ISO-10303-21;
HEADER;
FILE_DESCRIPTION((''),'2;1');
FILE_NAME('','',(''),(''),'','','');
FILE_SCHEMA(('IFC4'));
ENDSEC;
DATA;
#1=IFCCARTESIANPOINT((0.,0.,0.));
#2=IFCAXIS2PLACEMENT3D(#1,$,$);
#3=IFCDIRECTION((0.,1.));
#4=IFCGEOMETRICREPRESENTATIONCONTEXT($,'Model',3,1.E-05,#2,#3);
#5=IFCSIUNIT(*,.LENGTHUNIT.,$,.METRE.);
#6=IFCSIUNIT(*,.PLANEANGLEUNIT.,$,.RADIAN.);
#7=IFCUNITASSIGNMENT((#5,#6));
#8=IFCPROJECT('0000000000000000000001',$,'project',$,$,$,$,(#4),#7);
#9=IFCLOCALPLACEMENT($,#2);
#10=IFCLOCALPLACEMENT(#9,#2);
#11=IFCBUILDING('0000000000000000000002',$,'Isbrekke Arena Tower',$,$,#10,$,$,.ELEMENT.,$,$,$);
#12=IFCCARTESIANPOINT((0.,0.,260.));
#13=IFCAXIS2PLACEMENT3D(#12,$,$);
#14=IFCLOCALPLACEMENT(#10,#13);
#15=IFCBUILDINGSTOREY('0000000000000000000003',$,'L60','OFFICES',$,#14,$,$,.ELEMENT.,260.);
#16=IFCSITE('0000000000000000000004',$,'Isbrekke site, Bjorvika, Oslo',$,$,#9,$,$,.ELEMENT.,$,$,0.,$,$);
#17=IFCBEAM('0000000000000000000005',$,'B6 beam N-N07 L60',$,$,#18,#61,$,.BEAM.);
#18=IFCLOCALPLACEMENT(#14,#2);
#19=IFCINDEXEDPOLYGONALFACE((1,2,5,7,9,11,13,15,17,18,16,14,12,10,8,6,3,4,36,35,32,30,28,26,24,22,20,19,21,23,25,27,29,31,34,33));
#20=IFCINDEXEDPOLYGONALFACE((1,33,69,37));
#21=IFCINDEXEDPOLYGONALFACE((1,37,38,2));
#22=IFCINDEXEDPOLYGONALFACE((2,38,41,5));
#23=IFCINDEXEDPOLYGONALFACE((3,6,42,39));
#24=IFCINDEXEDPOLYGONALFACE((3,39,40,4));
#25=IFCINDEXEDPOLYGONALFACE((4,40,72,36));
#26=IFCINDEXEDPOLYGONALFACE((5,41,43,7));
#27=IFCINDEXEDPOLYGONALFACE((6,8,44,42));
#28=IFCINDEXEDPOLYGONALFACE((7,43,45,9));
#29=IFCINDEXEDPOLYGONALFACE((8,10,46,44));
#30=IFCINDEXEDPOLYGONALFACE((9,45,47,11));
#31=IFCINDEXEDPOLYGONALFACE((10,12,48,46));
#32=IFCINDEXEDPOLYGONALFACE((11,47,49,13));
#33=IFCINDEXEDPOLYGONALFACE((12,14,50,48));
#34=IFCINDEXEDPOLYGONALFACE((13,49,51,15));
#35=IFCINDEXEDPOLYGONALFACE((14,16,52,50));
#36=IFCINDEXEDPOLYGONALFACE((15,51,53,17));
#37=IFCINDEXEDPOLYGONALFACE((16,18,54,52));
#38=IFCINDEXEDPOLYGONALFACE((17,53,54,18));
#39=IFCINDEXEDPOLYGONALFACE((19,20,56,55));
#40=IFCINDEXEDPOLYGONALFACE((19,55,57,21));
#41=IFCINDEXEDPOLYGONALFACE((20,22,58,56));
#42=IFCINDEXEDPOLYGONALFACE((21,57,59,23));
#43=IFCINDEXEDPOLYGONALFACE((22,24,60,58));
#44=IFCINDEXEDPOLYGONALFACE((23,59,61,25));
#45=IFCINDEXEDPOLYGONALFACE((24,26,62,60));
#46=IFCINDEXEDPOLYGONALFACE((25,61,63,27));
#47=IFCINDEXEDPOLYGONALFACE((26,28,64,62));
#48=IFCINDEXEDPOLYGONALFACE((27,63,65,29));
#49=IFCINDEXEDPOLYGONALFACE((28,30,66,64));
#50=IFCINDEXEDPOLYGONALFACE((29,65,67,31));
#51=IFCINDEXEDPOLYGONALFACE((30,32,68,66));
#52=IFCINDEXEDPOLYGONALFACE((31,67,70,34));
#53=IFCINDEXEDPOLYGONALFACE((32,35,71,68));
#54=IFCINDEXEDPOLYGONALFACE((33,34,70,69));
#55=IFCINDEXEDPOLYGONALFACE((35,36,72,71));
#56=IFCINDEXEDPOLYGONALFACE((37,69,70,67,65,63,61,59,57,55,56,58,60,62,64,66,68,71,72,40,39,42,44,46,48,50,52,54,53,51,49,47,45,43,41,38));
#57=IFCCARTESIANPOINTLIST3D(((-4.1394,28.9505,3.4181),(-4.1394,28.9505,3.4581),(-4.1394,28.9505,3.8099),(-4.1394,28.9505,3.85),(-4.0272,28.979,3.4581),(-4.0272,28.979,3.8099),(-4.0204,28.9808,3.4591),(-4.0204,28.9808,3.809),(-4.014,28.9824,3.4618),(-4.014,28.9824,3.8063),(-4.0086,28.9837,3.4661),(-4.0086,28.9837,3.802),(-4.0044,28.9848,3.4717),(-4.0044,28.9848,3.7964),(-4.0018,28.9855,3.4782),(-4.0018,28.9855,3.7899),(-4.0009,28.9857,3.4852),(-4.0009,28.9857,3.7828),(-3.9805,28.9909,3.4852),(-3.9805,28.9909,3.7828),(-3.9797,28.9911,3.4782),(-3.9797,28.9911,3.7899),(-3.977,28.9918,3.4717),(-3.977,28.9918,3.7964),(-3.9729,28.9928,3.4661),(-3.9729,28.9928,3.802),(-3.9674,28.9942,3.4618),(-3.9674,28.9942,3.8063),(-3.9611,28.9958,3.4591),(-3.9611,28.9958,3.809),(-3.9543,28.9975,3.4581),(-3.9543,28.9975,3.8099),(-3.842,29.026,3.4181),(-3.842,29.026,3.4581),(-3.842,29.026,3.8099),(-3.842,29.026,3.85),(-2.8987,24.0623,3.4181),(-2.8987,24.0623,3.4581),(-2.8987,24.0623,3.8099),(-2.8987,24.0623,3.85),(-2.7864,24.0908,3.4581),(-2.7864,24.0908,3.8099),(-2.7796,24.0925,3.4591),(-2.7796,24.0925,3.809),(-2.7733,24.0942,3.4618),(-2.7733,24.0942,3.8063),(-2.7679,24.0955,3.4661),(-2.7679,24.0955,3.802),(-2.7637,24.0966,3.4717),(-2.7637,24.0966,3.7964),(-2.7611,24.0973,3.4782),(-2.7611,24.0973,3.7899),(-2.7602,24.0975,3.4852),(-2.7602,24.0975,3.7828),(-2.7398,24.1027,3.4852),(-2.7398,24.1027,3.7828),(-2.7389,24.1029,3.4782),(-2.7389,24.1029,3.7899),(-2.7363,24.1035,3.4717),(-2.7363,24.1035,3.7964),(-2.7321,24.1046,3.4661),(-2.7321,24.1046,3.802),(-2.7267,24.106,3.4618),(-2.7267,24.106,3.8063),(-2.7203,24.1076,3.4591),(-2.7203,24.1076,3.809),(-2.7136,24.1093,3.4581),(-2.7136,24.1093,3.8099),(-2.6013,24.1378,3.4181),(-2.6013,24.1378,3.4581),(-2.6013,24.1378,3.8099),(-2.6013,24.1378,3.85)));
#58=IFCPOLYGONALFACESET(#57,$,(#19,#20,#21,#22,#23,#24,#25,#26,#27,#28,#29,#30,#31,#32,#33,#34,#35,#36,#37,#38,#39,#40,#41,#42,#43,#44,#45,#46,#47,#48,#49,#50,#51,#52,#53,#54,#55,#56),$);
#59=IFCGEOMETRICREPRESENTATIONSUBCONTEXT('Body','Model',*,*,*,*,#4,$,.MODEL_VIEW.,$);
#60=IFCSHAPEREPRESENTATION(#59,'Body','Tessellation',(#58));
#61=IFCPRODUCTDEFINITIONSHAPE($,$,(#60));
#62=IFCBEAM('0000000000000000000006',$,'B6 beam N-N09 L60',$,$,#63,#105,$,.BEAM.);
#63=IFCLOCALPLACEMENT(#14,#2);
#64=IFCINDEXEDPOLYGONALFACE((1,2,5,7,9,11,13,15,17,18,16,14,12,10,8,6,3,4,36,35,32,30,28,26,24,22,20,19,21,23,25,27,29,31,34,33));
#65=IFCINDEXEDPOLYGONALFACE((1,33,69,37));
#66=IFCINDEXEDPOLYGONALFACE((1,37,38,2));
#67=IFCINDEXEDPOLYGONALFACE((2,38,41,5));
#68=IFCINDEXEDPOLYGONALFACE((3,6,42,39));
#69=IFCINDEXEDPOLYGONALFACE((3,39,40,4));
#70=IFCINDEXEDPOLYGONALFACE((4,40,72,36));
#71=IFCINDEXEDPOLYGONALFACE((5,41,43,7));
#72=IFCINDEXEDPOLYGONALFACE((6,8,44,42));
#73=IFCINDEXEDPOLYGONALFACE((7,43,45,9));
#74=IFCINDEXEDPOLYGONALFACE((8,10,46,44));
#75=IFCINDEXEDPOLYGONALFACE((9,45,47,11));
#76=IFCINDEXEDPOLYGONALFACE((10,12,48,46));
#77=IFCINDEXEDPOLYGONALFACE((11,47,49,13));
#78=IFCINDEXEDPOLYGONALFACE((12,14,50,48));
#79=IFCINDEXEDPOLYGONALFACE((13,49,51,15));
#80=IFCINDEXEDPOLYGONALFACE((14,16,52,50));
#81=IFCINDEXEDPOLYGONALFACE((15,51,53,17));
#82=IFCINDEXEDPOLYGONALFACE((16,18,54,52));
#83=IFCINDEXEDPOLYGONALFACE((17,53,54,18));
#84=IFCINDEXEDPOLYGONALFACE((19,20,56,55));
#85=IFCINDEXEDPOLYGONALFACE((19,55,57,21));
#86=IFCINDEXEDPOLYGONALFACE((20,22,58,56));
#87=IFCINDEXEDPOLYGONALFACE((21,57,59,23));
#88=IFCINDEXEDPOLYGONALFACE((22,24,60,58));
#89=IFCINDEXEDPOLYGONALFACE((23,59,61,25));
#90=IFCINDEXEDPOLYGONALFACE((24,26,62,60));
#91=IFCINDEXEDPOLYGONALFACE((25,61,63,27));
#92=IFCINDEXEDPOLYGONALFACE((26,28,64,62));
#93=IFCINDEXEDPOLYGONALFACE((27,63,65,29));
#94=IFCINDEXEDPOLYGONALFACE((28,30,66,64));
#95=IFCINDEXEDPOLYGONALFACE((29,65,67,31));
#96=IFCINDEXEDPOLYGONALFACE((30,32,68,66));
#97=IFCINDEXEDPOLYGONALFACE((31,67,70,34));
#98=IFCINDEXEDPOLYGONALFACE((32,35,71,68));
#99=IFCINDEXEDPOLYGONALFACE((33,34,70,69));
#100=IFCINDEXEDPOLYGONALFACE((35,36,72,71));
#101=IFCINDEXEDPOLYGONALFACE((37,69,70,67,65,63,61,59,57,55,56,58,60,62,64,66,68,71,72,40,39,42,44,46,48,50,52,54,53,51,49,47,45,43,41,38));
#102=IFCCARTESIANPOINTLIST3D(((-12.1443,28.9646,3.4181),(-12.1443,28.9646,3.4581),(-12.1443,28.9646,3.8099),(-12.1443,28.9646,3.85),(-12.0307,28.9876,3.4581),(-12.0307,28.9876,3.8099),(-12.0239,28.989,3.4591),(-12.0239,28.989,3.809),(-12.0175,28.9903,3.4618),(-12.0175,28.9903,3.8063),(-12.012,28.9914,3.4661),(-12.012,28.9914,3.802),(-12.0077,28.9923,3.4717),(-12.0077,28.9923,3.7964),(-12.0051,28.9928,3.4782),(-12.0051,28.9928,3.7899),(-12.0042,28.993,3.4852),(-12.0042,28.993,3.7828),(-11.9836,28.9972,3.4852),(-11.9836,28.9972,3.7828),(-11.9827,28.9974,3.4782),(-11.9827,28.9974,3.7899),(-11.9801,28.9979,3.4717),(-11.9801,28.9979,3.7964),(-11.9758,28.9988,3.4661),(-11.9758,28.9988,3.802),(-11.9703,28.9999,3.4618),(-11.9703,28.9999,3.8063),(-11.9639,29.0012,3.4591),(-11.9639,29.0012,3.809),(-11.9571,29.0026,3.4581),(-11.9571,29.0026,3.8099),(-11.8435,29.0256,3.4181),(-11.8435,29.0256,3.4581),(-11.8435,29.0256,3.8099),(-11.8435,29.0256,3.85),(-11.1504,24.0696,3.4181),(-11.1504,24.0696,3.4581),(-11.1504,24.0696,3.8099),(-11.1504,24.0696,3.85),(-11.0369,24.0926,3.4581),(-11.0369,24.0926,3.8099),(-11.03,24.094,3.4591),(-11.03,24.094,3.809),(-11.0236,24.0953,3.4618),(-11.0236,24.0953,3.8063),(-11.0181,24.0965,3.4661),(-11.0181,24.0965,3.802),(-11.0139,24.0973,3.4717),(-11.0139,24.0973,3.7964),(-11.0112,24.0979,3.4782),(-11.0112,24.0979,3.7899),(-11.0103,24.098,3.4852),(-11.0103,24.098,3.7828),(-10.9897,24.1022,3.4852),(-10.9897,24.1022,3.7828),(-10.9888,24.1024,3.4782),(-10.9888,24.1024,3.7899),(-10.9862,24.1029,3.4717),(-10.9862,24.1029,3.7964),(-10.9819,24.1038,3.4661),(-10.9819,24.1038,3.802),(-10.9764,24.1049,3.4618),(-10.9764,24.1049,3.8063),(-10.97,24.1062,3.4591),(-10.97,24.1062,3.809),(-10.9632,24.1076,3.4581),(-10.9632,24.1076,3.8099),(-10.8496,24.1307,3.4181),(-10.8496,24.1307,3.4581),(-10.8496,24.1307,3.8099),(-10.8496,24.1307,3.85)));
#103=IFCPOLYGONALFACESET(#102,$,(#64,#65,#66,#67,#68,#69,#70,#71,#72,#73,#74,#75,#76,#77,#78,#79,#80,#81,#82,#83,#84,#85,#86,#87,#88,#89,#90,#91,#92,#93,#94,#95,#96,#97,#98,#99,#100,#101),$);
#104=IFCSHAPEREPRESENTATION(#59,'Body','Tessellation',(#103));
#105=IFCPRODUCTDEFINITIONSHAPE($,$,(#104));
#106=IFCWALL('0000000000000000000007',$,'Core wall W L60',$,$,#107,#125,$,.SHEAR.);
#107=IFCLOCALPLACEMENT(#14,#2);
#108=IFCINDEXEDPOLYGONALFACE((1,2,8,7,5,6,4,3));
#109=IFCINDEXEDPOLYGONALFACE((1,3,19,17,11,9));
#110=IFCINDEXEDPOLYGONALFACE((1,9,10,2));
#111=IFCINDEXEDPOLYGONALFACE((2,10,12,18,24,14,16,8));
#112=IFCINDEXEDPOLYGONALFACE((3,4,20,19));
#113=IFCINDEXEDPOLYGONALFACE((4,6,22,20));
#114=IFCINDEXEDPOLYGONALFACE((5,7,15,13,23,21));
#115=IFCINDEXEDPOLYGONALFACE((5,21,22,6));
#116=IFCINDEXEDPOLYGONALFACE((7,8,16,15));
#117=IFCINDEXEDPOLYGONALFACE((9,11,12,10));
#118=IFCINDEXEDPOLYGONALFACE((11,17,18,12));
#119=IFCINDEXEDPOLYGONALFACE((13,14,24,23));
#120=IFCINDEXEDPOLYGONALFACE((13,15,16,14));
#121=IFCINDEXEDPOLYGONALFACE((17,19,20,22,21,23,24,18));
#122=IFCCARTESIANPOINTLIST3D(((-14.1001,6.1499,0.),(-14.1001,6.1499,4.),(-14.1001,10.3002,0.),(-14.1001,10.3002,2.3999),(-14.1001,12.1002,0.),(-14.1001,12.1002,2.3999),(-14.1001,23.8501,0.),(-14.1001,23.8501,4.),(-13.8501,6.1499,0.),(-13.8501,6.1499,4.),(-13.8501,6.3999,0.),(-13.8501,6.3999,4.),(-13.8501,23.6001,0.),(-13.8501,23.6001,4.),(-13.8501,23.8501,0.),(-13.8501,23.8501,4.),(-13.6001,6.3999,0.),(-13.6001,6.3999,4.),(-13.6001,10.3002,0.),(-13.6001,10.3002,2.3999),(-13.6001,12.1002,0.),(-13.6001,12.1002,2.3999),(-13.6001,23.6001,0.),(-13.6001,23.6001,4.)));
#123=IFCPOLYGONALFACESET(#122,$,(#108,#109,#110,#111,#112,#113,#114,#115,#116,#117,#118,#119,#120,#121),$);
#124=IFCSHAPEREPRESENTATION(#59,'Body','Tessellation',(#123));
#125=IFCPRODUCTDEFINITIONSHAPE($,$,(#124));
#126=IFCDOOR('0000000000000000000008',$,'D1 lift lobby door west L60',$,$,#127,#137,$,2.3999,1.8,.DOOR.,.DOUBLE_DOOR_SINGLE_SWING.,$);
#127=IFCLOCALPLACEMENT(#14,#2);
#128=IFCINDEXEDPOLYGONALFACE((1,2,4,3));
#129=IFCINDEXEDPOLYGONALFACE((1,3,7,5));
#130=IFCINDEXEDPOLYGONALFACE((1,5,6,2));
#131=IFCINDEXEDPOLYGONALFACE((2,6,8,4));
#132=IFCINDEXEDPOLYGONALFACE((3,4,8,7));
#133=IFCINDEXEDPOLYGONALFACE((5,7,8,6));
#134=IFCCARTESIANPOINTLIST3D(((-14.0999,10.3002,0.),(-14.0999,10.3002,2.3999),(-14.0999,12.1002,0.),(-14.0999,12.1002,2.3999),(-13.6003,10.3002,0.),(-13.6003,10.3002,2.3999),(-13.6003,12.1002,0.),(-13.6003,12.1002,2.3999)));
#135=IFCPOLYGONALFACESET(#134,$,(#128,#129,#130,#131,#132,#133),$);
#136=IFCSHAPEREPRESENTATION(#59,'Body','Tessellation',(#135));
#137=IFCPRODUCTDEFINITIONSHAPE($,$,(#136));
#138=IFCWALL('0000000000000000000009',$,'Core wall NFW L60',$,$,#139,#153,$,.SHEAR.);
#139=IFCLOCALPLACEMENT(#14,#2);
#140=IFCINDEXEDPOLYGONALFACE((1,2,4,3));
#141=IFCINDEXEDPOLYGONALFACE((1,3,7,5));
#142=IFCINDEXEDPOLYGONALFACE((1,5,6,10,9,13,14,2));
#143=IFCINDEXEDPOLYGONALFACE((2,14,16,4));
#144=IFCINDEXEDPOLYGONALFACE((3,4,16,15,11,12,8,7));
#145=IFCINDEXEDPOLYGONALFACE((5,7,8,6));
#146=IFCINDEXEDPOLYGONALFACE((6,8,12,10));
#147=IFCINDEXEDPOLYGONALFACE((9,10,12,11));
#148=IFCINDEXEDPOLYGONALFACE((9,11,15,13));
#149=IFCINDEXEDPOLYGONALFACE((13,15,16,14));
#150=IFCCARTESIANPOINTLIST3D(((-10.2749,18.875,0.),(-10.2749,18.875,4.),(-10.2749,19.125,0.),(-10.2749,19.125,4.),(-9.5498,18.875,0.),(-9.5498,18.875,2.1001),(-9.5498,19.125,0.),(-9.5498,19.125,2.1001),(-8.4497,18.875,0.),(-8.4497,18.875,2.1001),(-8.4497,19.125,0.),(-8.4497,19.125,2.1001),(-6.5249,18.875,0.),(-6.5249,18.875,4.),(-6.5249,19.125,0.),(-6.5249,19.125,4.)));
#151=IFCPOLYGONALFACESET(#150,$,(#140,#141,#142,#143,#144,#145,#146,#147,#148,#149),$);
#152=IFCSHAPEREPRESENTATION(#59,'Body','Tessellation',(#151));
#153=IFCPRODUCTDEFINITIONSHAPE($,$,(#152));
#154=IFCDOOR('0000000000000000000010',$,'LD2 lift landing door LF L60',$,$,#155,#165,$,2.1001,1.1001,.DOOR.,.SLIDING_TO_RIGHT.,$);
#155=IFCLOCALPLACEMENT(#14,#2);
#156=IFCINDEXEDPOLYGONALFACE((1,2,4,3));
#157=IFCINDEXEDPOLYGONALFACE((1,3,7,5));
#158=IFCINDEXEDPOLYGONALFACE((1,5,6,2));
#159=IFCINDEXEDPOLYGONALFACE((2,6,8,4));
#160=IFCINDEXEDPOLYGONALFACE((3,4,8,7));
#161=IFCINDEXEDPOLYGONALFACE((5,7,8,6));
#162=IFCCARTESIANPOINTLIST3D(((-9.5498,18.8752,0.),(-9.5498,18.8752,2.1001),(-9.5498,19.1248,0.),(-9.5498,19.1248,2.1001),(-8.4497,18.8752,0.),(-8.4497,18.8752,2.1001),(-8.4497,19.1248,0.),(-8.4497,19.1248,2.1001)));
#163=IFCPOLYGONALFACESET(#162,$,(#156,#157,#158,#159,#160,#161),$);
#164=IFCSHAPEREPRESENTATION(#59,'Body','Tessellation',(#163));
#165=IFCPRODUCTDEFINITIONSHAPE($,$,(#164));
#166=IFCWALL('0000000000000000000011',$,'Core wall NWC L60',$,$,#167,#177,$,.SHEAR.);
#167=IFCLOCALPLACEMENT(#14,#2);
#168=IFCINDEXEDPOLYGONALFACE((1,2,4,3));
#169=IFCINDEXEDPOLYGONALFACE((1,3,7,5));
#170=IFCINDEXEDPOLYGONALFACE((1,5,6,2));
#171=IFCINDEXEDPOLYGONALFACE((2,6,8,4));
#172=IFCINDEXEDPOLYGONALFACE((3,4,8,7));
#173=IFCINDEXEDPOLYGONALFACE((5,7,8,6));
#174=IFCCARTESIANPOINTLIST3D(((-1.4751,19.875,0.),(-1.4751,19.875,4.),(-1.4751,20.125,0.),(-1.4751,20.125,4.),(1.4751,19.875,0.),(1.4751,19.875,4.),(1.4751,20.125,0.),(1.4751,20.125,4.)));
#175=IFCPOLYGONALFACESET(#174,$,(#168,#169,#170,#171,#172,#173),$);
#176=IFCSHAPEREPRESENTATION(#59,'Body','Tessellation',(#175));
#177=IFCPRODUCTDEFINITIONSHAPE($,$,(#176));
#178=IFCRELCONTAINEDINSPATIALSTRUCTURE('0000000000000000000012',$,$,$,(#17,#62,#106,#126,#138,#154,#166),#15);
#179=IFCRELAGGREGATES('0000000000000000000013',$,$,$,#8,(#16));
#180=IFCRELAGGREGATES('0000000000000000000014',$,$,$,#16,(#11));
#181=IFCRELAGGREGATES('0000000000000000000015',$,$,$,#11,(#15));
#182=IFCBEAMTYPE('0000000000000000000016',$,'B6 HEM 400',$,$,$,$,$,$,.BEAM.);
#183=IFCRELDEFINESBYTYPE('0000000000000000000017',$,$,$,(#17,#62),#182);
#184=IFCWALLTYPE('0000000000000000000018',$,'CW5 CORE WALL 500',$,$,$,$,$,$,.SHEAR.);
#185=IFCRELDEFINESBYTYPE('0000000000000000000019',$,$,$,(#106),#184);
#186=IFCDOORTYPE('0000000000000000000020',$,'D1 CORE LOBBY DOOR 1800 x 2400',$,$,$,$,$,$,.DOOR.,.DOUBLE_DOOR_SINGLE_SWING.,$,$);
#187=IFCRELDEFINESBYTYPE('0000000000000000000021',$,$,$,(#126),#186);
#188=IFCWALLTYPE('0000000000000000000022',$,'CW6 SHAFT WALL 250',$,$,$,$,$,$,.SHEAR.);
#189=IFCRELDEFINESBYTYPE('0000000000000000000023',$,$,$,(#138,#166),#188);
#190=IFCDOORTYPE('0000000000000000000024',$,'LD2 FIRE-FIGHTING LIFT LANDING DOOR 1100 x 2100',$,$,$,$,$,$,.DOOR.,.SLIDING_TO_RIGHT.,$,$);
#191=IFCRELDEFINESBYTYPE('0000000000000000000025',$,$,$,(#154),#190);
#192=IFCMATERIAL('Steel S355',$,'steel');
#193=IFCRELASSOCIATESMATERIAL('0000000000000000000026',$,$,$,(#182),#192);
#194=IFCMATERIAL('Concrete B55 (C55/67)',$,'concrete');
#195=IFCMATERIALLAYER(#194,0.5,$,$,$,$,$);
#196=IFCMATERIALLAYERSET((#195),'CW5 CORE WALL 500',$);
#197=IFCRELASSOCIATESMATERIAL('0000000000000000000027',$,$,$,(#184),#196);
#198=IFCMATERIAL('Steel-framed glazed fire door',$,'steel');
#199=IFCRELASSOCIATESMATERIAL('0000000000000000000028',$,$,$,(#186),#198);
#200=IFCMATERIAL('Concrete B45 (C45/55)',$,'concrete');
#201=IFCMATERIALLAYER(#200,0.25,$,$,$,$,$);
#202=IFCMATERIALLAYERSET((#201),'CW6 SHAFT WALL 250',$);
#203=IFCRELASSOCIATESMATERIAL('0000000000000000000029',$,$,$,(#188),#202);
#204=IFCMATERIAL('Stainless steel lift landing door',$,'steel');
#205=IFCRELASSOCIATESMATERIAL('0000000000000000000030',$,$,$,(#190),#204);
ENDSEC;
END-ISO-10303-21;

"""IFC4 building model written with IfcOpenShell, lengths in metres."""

from ifc_helpers import new_model, si_unit, direction, frame, frame_2d, origin, origin_2d, place, context, subcontext, project, spatial, polyline, rectangle, i_section, outline, extrude, material, layer, layer_set, material_profile, profile_set, type_object, element, fill, save


model = new_model("IFC4")

# Units and contexts
model_context = context("Model", 3, precision=1e-05, world=origin(), true_north=direction((0.0, 1.0)))
body_context = subcontext(model_context, "Body", "Model", "MODEL_VIEW")
ifc_project = project(units=[si_unit("LENGTHUNIT", "METRE"), si_unit("PLANEANGLEUNIT", "RADIAN")], contexts=[model_context])

# Site, building, storey
site_placement = place(None, origin())
site = spatial("IfcSite", under=ifc_project, at=site_placement, Name="Isbrekke site, Bjorvika, Oslo", CompositionType="ELEMENT", RefElevation=0.0)
building_placement = place(site_placement, origin())
building = spatial("IfcBuilding", under=site, at=building_placement, Name="Isbrekke Arena Tower", CompositionType="ELEMENT")
storey_placement = place(building_placement, frame((0.0, 0.0, 260.0)))
storey = spatial("IfcBuildingStorey", under=building, at=storey_placement, Name="L60", Description="OFFICES", CompositionType="ELEMENT", Elevation=260.0)

# Beams
ifc_material_1 = material(Name="Steel S355", Category="steel")
ifc_material_profile = material_profile(ifc_material_1, i_section(OverallWidth=0.3069, OverallDepth=0.4319, WebThickness=0.021, FlangeThickness=0.04, FilletRadius=0.0271, at=origin_2d()), Name="HEM 400")
ifc_profile_set = profile_set([ifc_material_profile], Name="Steel S355")
beam_type = type_object("IfcBeamType", Name="B6 HEM 400", PredefinedType="BEAM", material=ifc_profile_set)
beam_1_placement = place(storey_placement, frame((-3.9907, 28.9883, 3.634), z_axis=(0.24602, -0.969265, 0.0), x_axis=(0.969265, 0.24602, 0.0)))
element("IfcBeam", 1, at=beam_1_placement, inside=storey, type_object=beam_type, Name="B6 beam N-N07 L60", PredefinedType="BEAM", context=body_context, shape_type="SweptSolid", body=[
    extrude(i_section(OverallWidth=0.3069, OverallDepth=0.4319, WebThickness=0.021, FlangeThickness=0.04, FilletRadius=0.0271, at=origin_2d()), origin(), (0.0, 0.0, 1.0), 5.0432),
])
beam_2_placement = place(storey_placement, frame((-11.9939, 28.9951, 3.634), z_axis=(0.198982, -0.980003, 0.0), x_axis=(0.980003, 0.198982, 0.0)))
element("IfcBeam", 2, at=beam_2_placement, inside=storey, type_object=beam_type, Name="B6 beam N-N09 L60", PredefinedType="BEAM", context=body_context, shape_type="SweptSolid", body=[
    extrude(i_section(OverallWidth=0.3069, OverallDepth=0.4319, WebThickness=0.021, FlangeThickness=0.04, FilletRadius=0.0271, at=origin_2d()), origin(), (0.0, 0.0, 1.0), 4.9949),
])

# Walls, openings, doors
ifc_material_2 = material(Name="Concrete B55 (C55/67)", Category="concrete")
ifc_layer_1 = layer(ifc_material_2, 0.5)
ifc_layer_set_1 = layer_set([ifc_layer_1], Name="CW5 CORE WALL 500")
wall_type_1 = type_object("IfcWallType", Name="CW5 CORE WALL 500", PredefinedType="SHEAR", material=ifc_layer_set_1)
wall_1_placement = place(storey_placement, frame((-13.8501, 23.8501, 0.0), z_axis=(0.0, 0.0, 1.0), x_axis=(0.0, -1.0, 0.0)))
wall_1 = element("IfcWall", 3, at=wall_1_placement, inside=storey, type_object=wall_type_1, Name="Core wall W L60", PredefinedType="SHEAR", context=body_context, shape_type="SweptSolid", body=[
    extrude(outline(polyline([(0.0, -0.25), (17.7002, -0.25), (17.7002, 0.0), (17.4502, 0.0), (17.4502, 0.25), (0.25, 0.25), (0.25, 0.0), (0.0, 0.0), (0.0, -0.25)])), origin(), (0.0, 0.0, 1.0), 4.0),
])
opening_1_placement = place(wall_1_placement, frame((11.75, 0.0, 0.0)))
opening_1 = element("IfcOpeningElement", 4, at=opening_1_placement, cuts=wall_1, PredefinedType="OPENING", context=body_context, shape_type="SweptSolid", body=[
    extrude(rectangle(XDim=1.8, YDim=2.3999, at=frame_2d((0.8999, 1.2))), frame((0.0, 0.2649, 0.0), z_axis=(0.0, -1.0, 0.0), x_axis=(1.0, 0.0, 0.0)), (0.0, 0.0, 1.0), 0.5298),
])
ifc_material_3 = material(Name="Steel-framed glazed fire door", Category="steel")
door_type_1 = type_object("IfcDoorType", Name="D1 CORE LOBBY DOOR 1800 x 2400", OperationType="DOUBLE_DOOR_SINGLE_SWING", PredefinedType="DOOR", material=ifc_material_3)
door_1_placement = place(opening_1_placement, origin())
door_1 = element("IfcDoor", 5, at=door_1_placement, inside=storey, type_object=door_type_1, Name="D1 lift lobby door west L60", OperationType="DOUBLE_DOOR_SINGLE_SWING", OverallHeight=2.3999, OverallWidth=1.8, PredefinedType="DOOR", context=body_context, shape_type="SweptSolid", body=[
    extrude(rectangle(XDim=1.8, YDim=2.3999, at=frame_2d((0.8999, 1.2))), frame((0.0, 0.2498, 0.0), z_axis=(0.0, -1.0, 0.0), x_axis=(1.0, 0.0, 0.0)), (0.0, 0.0, 1.0), 0.4995),
])
fill(opening_1, door_1)
ifc_material_4 = material(Name="Concrete B45 (C45/55)", Category="concrete")
ifc_layer_2 = layer(ifc_material_4, 0.25)
ifc_layer_set_2 = layer_set([ifc_layer_2], Name="CW6 SHAFT WALL 250")
wall_type_2 = type_object("IfcWallType", Name="CW6 SHAFT WALL 250", PredefinedType="SHEAR", material=ifc_layer_set_2)
wall_2_placement = place(storey_placement, frame((-10.2749, 19.0, 0.0), z_axis=(0.0, 0.0, 1.0), x_axis=(1.0, 0.0, 0.0)))
wall_2 = element("IfcWall", 6, at=wall_2_placement, inside=storey, type_object=wall_type_2, Name="Core wall NFW L60", PredefinedType="SHEAR", context=body_context, shape_type="SweptSolid", body=[
    extrude(rectangle(XDim=3.75, YDim=0.25, at=frame_2d((1.875, 0.0))), origin(), (0.0, 0.0, 1.0), 4.0),
])
opening_2_placement = place(wall_2_placement, frame((0.7251, 0.0, 0.0)))
opening_2 = element("IfcOpeningElement", 7, at=opening_2_placement, cuts=wall_2, PredefinedType="OPENING", context=body_context, shape_type="SweptSolid", body=[
    extrude(rectangle(XDim=1.1001, YDim=2.1001, at=frame_2d((0.55, 1.05))), frame((0.0, 0.1399, 0.0), z_axis=(0.0, -1.0, 0.0), x_axis=(1.0, 0.0, 0.0)), (0.0, 0.0, 1.0), 0.2798),
])
ifc_material_5 = material(Name="Stainless steel lift landing door", Category="steel")
door_type_2 = type_object("IfcDoorType", Name="LD2 FIRE-FIGHTING LIFT LANDING DOOR 1100 x 2100", OperationType="SLIDING_TO_RIGHT", PredefinedType="DOOR", material=ifc_material_5)
door_2_placement = place(opening_2_placement, origin())
door_2 = element("IfcDoor", 8, at=door_2_placement, inside=storey, type_object=door_type_2, Name="LD2 lift landing door LF L60", OperationType="SLIDING_TO_RIGHT", OverallHeight=2.1001, OverallWidth=1.1001, PredefinedType="DOOR", context=body_context, shape_type="SweptSolid", body=[
    extrude(rectangle(XDim=1.1001, YDim=2.1001, at=frame_2d((0.55, 1.05))), frame((0.0, 0.1248, 0.0), z_axis=(0.0, -1.0, 0.0), x_axis=(1.0, 0.0, 0.0)), (0.0, 0.0, 1.0), 0.2495),
])
fill(opening_2, door_2)

# Wall
wall_3_placement = place(storey_placement, frame((-1.4751, 20.0, 0.0), z_axis=(0.0, 0.0, 1.0), x_axis=(1.0, 0.0, 0.0)))
element("IfcWall", 9, at=wall_3_placement, inside=storey, type_object=wall_type_2, Name="Core wall NWC L60", PredefinedType="SHEAR", context=body_context, shape_type="SweptSolid", body=[
    extrude(rectangle(XDim=2.9502, YDim=0.25, at=frame_2d((1.4751, 0.0))), origin(), (0.0, 0.0, 1.0), 4.0),
])

save(model, "model.ifc")
